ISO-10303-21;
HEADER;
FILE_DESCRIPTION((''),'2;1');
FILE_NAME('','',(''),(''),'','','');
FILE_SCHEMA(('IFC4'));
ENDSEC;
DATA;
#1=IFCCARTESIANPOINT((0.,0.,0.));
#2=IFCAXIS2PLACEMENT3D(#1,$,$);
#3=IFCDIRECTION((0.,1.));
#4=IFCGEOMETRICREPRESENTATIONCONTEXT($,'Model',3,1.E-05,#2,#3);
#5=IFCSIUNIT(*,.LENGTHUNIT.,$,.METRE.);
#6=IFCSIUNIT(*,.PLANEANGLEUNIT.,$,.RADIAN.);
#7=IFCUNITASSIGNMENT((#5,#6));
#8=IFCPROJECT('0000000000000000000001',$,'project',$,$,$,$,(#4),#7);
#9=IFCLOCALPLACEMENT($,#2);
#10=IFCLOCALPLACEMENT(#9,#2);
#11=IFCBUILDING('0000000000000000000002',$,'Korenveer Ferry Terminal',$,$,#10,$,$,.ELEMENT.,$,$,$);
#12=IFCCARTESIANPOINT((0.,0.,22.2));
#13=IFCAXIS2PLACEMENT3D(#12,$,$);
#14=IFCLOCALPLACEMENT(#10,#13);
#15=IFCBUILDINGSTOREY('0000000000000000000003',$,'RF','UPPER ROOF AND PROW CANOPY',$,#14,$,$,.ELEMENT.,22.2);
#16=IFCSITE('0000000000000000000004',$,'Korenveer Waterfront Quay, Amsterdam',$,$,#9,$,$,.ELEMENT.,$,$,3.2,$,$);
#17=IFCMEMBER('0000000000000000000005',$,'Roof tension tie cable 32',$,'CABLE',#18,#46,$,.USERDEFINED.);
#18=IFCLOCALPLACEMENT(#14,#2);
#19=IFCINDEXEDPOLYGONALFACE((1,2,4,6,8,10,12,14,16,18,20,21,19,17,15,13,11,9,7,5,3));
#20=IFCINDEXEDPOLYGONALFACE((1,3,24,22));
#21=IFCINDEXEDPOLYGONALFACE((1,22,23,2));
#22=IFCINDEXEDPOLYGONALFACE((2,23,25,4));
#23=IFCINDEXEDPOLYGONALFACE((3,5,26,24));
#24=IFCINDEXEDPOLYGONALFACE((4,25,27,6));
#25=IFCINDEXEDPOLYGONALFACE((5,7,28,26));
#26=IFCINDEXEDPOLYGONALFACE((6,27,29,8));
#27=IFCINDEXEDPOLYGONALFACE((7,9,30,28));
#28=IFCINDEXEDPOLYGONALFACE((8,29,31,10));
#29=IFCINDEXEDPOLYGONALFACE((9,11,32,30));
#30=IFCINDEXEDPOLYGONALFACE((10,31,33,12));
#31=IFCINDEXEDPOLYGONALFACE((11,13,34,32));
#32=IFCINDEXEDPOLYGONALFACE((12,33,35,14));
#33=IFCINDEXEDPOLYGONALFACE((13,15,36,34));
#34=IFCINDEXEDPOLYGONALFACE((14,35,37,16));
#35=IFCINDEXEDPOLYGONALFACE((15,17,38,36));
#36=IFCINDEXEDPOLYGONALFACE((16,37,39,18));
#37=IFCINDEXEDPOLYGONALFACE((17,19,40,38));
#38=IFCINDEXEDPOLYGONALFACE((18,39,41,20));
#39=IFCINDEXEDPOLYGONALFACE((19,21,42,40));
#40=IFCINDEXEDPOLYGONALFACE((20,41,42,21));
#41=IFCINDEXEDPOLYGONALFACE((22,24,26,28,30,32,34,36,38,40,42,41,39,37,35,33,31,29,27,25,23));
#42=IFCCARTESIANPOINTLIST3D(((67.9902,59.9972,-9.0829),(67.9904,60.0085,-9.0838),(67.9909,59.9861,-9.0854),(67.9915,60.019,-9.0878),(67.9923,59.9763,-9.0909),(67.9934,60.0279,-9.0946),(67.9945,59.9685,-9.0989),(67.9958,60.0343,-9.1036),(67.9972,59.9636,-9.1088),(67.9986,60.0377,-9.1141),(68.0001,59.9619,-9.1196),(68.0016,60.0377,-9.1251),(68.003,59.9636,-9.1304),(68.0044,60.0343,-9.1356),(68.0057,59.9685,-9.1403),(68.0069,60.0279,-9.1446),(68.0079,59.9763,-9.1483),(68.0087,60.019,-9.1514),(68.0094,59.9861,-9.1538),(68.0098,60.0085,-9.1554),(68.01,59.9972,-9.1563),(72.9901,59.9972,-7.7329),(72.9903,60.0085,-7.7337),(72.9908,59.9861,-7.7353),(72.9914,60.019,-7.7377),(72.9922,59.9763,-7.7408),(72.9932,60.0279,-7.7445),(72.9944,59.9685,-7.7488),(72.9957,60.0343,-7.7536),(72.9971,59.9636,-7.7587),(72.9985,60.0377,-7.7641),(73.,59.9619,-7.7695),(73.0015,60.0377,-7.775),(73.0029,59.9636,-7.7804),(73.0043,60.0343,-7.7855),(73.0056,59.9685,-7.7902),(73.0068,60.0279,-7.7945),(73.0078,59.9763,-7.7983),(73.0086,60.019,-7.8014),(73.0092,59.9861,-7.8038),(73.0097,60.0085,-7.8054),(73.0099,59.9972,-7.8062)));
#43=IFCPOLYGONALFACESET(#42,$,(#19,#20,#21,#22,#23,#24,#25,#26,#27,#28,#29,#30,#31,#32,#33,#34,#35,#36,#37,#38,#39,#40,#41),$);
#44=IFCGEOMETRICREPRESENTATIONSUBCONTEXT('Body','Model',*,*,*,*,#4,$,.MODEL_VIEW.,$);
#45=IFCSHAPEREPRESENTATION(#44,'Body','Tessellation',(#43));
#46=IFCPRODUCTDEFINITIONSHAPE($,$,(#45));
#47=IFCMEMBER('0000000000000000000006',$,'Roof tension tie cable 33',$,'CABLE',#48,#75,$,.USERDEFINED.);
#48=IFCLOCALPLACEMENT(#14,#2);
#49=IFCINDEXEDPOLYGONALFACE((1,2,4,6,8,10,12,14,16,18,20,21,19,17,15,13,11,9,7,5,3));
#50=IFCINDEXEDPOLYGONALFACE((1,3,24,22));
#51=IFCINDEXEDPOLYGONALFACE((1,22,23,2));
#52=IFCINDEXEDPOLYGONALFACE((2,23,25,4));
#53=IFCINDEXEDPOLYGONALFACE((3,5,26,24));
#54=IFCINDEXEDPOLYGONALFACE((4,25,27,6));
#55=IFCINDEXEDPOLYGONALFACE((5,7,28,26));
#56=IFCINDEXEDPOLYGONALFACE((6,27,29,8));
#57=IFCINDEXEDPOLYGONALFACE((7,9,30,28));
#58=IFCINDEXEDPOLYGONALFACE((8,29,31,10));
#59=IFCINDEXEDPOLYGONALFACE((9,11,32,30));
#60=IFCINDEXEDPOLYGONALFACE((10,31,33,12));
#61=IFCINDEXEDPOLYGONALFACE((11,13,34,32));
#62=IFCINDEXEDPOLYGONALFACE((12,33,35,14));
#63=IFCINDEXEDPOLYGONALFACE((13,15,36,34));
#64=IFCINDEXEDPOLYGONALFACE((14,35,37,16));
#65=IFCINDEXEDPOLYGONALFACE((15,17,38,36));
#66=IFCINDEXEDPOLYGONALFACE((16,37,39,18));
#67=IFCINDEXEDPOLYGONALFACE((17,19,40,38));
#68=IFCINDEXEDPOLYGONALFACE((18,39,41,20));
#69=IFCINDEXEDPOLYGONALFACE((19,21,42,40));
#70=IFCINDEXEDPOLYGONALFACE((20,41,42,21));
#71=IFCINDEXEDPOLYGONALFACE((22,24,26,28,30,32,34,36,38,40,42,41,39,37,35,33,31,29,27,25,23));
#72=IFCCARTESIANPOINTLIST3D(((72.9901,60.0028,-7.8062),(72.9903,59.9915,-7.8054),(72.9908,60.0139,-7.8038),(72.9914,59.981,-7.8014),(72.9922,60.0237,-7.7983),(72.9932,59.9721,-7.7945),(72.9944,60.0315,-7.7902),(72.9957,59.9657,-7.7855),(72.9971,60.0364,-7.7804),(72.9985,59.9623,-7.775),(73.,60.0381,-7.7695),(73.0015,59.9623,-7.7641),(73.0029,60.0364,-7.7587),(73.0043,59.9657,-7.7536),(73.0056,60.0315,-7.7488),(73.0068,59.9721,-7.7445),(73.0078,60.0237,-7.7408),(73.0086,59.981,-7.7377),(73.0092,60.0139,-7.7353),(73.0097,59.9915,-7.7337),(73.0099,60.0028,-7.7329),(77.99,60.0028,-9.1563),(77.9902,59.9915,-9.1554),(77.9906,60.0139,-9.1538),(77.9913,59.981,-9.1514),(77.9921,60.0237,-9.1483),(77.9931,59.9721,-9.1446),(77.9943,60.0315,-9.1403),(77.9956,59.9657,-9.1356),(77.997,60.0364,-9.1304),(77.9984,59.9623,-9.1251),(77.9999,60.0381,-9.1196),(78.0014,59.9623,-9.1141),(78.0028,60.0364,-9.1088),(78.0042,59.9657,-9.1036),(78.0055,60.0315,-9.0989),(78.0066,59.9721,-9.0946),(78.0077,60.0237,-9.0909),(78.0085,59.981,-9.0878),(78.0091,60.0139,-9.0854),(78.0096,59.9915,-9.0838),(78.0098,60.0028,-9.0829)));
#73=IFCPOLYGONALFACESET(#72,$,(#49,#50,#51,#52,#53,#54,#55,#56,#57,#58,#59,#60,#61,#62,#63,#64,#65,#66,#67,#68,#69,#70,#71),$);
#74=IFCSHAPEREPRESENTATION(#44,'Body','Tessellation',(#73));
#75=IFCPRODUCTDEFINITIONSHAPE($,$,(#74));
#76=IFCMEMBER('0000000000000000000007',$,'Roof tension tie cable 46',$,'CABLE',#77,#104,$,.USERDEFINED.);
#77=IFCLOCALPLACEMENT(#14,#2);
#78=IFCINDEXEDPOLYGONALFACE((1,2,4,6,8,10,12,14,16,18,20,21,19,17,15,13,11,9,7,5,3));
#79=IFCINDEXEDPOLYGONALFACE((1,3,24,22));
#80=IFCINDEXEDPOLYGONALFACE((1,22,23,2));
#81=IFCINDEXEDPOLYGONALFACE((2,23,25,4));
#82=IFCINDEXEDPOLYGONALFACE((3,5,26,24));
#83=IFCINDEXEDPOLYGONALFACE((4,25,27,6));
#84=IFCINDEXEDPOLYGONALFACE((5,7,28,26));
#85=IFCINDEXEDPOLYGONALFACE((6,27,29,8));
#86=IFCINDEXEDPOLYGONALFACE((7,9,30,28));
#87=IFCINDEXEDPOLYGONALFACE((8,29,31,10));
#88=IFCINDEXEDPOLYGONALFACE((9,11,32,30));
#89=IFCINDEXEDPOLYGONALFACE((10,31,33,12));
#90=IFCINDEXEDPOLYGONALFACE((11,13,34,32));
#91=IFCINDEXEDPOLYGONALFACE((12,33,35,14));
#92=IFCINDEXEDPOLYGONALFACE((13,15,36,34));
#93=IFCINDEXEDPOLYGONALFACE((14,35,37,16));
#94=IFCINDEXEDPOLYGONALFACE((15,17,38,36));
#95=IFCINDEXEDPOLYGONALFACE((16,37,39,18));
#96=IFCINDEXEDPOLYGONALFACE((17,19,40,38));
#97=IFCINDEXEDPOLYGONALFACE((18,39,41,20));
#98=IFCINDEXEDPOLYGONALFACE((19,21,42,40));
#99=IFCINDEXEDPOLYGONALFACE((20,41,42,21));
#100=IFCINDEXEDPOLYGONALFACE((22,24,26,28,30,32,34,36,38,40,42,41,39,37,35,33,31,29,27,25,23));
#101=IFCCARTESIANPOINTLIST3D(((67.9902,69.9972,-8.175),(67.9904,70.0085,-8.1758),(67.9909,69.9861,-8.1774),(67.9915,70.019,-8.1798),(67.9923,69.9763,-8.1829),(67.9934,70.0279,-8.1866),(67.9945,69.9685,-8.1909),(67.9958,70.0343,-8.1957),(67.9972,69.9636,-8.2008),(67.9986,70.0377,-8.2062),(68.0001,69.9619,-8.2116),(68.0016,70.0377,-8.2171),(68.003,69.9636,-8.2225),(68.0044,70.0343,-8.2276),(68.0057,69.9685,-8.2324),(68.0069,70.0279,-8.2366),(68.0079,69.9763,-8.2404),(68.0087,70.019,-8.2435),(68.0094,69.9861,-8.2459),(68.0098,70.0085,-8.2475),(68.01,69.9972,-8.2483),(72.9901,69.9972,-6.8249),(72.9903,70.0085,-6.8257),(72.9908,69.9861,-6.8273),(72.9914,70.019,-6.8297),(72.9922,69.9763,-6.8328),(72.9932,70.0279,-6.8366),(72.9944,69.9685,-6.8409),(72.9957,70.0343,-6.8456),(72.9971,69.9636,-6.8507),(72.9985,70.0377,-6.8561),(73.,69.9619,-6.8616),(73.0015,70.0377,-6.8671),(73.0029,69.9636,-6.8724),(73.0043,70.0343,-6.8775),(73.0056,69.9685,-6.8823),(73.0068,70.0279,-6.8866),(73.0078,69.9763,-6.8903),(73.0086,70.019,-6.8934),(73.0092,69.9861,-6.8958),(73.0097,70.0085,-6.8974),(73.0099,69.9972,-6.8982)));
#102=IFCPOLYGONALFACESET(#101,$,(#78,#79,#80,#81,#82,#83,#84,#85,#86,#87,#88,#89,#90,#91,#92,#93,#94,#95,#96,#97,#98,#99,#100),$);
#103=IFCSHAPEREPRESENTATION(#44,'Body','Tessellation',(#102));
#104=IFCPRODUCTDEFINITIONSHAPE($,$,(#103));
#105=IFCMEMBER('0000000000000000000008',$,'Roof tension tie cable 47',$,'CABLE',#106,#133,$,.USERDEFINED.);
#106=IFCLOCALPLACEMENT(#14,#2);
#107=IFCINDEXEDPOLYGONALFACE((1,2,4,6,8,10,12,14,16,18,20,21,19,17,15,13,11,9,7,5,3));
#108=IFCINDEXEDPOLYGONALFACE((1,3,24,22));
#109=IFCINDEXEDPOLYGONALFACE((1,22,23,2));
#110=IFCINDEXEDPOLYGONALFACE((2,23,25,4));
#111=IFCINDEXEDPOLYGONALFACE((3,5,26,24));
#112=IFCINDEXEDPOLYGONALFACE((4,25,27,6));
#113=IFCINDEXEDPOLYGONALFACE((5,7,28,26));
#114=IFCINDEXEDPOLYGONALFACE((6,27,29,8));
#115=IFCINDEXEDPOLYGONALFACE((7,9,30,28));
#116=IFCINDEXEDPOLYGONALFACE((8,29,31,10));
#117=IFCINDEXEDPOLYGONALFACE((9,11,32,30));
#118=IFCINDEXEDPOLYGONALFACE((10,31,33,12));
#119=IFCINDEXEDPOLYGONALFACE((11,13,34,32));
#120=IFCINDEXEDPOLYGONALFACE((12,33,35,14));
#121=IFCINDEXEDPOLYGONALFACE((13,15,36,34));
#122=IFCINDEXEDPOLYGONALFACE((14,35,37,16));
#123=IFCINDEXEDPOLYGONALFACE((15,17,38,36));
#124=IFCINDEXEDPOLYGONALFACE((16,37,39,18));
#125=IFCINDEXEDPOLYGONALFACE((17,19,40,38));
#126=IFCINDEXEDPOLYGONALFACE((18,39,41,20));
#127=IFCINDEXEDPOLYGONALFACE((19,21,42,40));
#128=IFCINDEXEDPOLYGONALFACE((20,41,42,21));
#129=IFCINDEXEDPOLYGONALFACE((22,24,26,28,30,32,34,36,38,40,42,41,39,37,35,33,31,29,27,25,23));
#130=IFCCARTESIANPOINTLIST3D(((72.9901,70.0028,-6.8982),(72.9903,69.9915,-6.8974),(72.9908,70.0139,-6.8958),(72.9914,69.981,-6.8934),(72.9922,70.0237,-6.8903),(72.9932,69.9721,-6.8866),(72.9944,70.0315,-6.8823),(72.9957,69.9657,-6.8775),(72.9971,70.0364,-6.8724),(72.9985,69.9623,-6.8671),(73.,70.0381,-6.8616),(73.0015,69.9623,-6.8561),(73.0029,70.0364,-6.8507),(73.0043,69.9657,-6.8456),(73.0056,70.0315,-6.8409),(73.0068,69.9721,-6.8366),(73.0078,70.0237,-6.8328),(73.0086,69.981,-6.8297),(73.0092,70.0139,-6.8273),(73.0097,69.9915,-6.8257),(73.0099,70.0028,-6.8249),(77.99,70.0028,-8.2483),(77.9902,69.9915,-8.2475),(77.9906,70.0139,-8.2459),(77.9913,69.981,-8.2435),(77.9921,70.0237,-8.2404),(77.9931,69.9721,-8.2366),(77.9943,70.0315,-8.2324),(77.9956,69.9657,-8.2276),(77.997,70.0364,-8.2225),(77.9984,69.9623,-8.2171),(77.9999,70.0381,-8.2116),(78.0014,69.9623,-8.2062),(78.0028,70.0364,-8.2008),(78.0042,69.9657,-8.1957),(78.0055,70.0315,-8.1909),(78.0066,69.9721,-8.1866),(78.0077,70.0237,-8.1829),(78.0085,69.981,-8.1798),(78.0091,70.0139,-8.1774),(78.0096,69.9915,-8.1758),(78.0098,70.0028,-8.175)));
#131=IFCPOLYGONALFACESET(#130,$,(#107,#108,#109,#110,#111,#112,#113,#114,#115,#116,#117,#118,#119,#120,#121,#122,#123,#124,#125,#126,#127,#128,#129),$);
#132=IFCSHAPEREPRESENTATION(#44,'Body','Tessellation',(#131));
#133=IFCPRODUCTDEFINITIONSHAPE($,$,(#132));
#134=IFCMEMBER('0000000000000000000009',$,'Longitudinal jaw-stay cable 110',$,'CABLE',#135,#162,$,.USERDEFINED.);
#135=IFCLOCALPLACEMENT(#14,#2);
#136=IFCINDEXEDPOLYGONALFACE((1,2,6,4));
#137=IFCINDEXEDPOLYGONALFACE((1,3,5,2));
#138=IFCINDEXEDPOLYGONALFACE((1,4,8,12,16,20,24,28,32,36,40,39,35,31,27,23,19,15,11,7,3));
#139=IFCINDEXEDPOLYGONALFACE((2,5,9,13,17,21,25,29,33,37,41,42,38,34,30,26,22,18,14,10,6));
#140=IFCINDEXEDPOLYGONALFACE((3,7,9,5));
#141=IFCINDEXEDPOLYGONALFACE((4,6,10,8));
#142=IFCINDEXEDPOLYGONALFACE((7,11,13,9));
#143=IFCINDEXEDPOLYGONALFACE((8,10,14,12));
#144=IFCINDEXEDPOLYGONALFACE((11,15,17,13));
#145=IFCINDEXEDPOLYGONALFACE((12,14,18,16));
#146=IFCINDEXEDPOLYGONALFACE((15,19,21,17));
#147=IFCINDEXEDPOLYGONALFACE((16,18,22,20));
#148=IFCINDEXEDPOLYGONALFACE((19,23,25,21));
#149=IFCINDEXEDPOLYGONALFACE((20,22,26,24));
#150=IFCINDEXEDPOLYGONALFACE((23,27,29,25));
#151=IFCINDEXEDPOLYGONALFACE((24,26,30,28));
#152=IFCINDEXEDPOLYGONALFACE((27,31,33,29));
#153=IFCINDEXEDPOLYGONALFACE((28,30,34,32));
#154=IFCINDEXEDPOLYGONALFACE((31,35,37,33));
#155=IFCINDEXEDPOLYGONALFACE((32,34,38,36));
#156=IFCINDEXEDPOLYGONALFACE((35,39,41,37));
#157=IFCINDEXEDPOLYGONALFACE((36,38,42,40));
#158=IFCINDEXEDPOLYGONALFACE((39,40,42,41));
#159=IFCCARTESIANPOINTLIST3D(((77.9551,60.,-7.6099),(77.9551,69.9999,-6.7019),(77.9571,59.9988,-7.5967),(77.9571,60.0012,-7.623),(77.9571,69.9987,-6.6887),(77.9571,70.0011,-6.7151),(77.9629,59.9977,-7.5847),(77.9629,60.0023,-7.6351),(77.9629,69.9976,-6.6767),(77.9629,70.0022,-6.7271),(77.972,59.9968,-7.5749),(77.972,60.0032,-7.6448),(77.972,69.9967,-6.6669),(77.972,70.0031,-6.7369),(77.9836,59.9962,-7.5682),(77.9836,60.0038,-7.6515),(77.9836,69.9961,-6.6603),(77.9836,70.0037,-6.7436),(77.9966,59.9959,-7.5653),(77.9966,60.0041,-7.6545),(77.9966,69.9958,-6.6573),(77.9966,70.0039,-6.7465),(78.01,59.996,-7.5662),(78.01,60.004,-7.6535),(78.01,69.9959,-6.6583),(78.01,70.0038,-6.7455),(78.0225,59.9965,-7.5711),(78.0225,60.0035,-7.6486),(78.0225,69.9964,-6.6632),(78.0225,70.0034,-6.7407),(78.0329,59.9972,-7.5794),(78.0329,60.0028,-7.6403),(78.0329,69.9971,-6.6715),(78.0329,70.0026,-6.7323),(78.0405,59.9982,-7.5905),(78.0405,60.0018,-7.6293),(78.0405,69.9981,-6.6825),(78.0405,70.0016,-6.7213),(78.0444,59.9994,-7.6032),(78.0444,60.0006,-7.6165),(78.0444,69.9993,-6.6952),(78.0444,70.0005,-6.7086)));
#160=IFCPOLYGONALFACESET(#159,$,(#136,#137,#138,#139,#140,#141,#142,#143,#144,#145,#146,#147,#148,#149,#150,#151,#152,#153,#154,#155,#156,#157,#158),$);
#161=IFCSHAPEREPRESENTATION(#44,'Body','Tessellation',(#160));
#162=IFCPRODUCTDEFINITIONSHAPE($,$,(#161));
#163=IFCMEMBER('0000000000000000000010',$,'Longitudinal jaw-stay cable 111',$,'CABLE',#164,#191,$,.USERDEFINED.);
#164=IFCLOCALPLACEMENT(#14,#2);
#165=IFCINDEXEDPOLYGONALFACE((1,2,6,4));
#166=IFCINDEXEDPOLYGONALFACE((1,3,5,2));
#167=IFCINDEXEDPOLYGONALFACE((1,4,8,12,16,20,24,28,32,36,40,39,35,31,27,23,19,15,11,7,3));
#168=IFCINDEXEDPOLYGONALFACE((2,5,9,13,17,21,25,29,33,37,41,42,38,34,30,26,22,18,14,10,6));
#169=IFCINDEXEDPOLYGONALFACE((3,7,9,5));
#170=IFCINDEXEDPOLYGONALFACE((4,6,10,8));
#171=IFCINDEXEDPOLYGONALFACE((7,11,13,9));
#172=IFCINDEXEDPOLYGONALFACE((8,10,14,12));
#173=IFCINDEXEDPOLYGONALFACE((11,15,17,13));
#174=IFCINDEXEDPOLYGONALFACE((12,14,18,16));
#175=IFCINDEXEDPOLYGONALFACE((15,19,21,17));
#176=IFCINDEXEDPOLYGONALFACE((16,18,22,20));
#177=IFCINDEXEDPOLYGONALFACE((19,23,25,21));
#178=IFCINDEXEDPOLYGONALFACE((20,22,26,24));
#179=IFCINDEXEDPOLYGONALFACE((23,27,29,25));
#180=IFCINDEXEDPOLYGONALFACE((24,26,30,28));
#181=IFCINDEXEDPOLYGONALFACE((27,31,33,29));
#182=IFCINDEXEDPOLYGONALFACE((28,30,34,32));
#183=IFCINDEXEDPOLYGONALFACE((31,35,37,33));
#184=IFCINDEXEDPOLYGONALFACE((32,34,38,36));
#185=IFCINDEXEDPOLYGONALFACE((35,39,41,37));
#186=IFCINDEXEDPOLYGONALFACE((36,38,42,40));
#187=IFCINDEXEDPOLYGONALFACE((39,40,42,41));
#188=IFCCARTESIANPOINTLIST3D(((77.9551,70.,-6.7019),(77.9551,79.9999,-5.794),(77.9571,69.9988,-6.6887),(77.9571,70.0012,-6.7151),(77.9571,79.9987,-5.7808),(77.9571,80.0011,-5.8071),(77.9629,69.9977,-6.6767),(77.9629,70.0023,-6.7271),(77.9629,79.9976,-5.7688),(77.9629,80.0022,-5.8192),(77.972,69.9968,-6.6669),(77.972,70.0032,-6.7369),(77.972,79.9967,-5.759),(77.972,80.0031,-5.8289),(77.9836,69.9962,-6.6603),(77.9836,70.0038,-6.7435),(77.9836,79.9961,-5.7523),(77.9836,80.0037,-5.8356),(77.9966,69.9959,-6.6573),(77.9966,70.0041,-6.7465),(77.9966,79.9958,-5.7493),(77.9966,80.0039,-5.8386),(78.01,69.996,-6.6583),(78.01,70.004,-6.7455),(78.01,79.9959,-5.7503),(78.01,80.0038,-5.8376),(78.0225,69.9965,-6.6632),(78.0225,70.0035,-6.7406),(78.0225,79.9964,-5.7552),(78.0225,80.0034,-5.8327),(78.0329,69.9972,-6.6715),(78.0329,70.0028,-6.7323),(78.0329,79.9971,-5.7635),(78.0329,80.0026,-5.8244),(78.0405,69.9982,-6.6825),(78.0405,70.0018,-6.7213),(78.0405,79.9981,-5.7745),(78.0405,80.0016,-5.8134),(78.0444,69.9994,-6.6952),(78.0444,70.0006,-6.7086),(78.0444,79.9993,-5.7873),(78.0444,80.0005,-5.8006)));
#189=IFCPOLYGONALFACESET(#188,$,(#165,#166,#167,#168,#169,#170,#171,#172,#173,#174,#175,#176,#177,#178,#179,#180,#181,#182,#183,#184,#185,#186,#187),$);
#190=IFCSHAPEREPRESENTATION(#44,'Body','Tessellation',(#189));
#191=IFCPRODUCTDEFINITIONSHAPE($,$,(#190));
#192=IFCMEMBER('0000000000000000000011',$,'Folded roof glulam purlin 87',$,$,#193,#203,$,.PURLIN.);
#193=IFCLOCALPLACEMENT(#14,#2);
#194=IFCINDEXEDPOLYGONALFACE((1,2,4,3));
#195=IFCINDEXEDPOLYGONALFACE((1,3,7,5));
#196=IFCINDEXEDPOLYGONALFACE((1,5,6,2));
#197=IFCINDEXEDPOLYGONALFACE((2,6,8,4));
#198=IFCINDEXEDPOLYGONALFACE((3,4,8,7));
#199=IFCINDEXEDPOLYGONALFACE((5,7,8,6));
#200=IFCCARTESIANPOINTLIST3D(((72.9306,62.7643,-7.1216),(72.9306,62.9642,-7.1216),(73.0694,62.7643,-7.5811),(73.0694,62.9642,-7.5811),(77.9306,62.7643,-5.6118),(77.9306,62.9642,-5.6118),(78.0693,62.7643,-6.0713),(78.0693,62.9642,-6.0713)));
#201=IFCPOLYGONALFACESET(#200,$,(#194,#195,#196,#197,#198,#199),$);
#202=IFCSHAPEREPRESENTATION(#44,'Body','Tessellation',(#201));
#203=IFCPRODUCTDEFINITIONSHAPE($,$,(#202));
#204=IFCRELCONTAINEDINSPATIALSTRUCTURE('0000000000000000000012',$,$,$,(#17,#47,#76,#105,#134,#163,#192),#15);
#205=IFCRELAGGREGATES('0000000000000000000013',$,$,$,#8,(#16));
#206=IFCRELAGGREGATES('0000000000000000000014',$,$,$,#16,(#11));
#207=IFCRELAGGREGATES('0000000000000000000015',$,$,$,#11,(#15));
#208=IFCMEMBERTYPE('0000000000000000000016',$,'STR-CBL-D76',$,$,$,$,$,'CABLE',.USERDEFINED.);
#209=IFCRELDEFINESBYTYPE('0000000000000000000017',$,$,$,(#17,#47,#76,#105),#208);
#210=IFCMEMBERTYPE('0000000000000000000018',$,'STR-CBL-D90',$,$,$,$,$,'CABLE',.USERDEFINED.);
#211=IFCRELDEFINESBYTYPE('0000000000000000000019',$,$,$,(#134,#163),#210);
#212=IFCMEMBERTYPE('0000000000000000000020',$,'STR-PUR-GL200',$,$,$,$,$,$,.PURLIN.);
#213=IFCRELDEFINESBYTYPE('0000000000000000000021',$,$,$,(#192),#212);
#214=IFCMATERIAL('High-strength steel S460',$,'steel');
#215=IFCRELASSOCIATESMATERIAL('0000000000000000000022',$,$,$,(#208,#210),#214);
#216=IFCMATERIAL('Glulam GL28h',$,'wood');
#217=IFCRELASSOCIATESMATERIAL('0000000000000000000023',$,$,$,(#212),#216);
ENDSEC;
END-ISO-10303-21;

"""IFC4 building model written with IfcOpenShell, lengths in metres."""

from ifc_helpers import new_model, si_unit, direction, frame, origin, origin_2d, place, context, subcontext, project, spatial, rectangle, circle, extrude, material, material_profile, profile_set, type_object, element, save


model = new_model("IFC4")

# Units and contexts
model_context = context("Model", 3, precision=1e-05, world=origin(), true_north=direction((0.0, 1.0)))
body_context = subcontext(model_context, "Body", "Model", "MODEL_VIEW")
ifc_project = project(units=[si_unit("LENGTHUNIT", "METRE"), si_unit("PLANEANGLEUNIT", "RADIAN")], contexts=[model_context])

# Site, building, storey
site_placement = place(None, origin())
site = spatial("IfcSite", under=ifc_project, at=site_placement, Name="Korenveer Waterfront Quay, Amsterdam", CompositionType="ELEMENT", RefElevation=3.2)
building_placement = place(site_placement, origin())
building = spatial("IfcBuilding", under=site, at=building_placement, Name="Korenveer Ferry Terminal", CompositionType="ELEMENT")
storey_placement = place(building_placement, frame((0.0, 0.0, 22.2)))
storey = spatial("IfcBuildingStorey", under=building, at=storey_placement, Name="RF", Description="UPPER ROOF AND PROW CANOPY", CompositionType="ELEMENT", Elevation=22.2)

# Members
ifc_material_1 = material(Name="High-strength steel S460", Category="steel")
ifc_material_profile_1 = material_profile(ifc_material_1, circle(Radius=0.0381, at=origin_2d()), Name="ROD D76")
ifc_profile_set_1 = profile_set([ifc_material_profile_1], Name="High-strength steel S460")
member_type_1 = type_object("IfcMemberType", Name="STR-CBL-D76", ElementType="CABLE", PredefinedType="USERDEFINED", material=ifc_profile_set_1)
for number, where, z_axis, x_axis, name in (
    (1, (73.0, 60.0, -7.7695), (-0.965424, 0.0, -0.260683), (0.0, -1.0, 0.0), "Roof tension tie cable 32"),
    (2, (73.0, 60.0, -7.7695), (0.965424, 0.0, -0.260683), (0.0, 1.0, 0.0), "Roof tension tie cable 33"),
    (3, (73.0, 70.0, -6.8616), (-0.965424, 0.0, -0.260683), (0.0, -1.0, 0.0), "Roof tension tie cable 46"),
    (4, (73.0, 70.0, -6.8616), (0.965424, 0.0, -0.260683), (0.0, 1.0, 0.0), "Roof tension tie cable 47"),
):
    element("IfcMember", number, at=place(storey_placement, frame(where, z_axis=z_axis, x_axis=x_axis)), inside=storey, type_object=member_type_1, Name=name, ObjectType="CABLE", PredefinedType="USERDEFINED", context=body_context, shape_type="SweptSolid", body=[
        extrude(circle(Radius=0.0381, at=origin_2d()), origin(), (0.0, 0.0, 1.0), 5.179),
    ])
ifc_material_profile_2 = material_profile(ifc_material_1, circle(Radius=0.0449, at=origin_2d()), Name="ROD D90")
ifc_profile_set_2 = profile_set([ifc_material_profile_2], Name="High-strength steel S460")
member_type_2 = type_object("IfcMemberType", Name="STR-CBL-D90", ElementType="CABLE", PredefinedType="USERDEFINED", material=ifc_profile_set_2)
for number, where, z_axis, x_axis, name in (
    (5, (78.0, 60.0, -7.6099), (0.0, 0.995903, 0.090424), (-1.0, 0.0, 0.0), "Longitudinal jaw-stay cable 110"),
    (6, (78.0, 70.0, -6.7019), (0.0, 0.995903, 0.090424), (-1.0, 0.0, 0.0), "Longitudinal jaw-stay cable 111"),
):
    element("IfcMember", number, at=place(storey_placement, frame(where, z_axis=z_axis, x_axis=x_axis)), inside=storey, type_object=member_type_2, Name=name, ObjectType="CABLE", PredefinedType="USERDEFINED", context=body_context, shape_type="SweptSolid", body=[
        extrude(circle(Radius=0.0449, at=origin_2d()), origin(), (0.0, 0.0, 1.0), 10.041),
    ])
ifc_material_2 = material(Name="Glulam GL28h", Category="wood")
ifc_material_profile_3 = material_profile(ifc_material_2, rectangle(XDim=0.2, YDim=0.48, at=origin_2d()), Name="GL 200x480")
ifc_profile_set_3 = profile_set([ifc_material_profile_3], Name="Glulam GL28h")
member_type_3 = type_object("IfcMemberType", Name="STR-PUR-GL200", PredefinedType="PURLIN", material=ifc_profile_set_3)
for number, where, z_axis, x_axis, name in (
    (7, (73.0, 62.8643, -7.3513), (0.95731, 0.0, 0.289063), (0.0, 1.0, 0.0), "Folded roof glulam purlin 87"),
):
    element("IfcMember", number, at=place(storey_placement, frame(where, z_axis=z_axis, x_axis=x_axis)), inside=storey, type_object=member_type_3, Name=name, PredefinedType="PURLIN", context=body_context, shape_type="SweptSolid", body=[
        extrude(rectangle(XDim=0.2, YDim=0.48, at=origin_2d()), origin(), (0.0, 0.0, 1.0), 5.2229),
    ])

save(model, "model.ifc")
